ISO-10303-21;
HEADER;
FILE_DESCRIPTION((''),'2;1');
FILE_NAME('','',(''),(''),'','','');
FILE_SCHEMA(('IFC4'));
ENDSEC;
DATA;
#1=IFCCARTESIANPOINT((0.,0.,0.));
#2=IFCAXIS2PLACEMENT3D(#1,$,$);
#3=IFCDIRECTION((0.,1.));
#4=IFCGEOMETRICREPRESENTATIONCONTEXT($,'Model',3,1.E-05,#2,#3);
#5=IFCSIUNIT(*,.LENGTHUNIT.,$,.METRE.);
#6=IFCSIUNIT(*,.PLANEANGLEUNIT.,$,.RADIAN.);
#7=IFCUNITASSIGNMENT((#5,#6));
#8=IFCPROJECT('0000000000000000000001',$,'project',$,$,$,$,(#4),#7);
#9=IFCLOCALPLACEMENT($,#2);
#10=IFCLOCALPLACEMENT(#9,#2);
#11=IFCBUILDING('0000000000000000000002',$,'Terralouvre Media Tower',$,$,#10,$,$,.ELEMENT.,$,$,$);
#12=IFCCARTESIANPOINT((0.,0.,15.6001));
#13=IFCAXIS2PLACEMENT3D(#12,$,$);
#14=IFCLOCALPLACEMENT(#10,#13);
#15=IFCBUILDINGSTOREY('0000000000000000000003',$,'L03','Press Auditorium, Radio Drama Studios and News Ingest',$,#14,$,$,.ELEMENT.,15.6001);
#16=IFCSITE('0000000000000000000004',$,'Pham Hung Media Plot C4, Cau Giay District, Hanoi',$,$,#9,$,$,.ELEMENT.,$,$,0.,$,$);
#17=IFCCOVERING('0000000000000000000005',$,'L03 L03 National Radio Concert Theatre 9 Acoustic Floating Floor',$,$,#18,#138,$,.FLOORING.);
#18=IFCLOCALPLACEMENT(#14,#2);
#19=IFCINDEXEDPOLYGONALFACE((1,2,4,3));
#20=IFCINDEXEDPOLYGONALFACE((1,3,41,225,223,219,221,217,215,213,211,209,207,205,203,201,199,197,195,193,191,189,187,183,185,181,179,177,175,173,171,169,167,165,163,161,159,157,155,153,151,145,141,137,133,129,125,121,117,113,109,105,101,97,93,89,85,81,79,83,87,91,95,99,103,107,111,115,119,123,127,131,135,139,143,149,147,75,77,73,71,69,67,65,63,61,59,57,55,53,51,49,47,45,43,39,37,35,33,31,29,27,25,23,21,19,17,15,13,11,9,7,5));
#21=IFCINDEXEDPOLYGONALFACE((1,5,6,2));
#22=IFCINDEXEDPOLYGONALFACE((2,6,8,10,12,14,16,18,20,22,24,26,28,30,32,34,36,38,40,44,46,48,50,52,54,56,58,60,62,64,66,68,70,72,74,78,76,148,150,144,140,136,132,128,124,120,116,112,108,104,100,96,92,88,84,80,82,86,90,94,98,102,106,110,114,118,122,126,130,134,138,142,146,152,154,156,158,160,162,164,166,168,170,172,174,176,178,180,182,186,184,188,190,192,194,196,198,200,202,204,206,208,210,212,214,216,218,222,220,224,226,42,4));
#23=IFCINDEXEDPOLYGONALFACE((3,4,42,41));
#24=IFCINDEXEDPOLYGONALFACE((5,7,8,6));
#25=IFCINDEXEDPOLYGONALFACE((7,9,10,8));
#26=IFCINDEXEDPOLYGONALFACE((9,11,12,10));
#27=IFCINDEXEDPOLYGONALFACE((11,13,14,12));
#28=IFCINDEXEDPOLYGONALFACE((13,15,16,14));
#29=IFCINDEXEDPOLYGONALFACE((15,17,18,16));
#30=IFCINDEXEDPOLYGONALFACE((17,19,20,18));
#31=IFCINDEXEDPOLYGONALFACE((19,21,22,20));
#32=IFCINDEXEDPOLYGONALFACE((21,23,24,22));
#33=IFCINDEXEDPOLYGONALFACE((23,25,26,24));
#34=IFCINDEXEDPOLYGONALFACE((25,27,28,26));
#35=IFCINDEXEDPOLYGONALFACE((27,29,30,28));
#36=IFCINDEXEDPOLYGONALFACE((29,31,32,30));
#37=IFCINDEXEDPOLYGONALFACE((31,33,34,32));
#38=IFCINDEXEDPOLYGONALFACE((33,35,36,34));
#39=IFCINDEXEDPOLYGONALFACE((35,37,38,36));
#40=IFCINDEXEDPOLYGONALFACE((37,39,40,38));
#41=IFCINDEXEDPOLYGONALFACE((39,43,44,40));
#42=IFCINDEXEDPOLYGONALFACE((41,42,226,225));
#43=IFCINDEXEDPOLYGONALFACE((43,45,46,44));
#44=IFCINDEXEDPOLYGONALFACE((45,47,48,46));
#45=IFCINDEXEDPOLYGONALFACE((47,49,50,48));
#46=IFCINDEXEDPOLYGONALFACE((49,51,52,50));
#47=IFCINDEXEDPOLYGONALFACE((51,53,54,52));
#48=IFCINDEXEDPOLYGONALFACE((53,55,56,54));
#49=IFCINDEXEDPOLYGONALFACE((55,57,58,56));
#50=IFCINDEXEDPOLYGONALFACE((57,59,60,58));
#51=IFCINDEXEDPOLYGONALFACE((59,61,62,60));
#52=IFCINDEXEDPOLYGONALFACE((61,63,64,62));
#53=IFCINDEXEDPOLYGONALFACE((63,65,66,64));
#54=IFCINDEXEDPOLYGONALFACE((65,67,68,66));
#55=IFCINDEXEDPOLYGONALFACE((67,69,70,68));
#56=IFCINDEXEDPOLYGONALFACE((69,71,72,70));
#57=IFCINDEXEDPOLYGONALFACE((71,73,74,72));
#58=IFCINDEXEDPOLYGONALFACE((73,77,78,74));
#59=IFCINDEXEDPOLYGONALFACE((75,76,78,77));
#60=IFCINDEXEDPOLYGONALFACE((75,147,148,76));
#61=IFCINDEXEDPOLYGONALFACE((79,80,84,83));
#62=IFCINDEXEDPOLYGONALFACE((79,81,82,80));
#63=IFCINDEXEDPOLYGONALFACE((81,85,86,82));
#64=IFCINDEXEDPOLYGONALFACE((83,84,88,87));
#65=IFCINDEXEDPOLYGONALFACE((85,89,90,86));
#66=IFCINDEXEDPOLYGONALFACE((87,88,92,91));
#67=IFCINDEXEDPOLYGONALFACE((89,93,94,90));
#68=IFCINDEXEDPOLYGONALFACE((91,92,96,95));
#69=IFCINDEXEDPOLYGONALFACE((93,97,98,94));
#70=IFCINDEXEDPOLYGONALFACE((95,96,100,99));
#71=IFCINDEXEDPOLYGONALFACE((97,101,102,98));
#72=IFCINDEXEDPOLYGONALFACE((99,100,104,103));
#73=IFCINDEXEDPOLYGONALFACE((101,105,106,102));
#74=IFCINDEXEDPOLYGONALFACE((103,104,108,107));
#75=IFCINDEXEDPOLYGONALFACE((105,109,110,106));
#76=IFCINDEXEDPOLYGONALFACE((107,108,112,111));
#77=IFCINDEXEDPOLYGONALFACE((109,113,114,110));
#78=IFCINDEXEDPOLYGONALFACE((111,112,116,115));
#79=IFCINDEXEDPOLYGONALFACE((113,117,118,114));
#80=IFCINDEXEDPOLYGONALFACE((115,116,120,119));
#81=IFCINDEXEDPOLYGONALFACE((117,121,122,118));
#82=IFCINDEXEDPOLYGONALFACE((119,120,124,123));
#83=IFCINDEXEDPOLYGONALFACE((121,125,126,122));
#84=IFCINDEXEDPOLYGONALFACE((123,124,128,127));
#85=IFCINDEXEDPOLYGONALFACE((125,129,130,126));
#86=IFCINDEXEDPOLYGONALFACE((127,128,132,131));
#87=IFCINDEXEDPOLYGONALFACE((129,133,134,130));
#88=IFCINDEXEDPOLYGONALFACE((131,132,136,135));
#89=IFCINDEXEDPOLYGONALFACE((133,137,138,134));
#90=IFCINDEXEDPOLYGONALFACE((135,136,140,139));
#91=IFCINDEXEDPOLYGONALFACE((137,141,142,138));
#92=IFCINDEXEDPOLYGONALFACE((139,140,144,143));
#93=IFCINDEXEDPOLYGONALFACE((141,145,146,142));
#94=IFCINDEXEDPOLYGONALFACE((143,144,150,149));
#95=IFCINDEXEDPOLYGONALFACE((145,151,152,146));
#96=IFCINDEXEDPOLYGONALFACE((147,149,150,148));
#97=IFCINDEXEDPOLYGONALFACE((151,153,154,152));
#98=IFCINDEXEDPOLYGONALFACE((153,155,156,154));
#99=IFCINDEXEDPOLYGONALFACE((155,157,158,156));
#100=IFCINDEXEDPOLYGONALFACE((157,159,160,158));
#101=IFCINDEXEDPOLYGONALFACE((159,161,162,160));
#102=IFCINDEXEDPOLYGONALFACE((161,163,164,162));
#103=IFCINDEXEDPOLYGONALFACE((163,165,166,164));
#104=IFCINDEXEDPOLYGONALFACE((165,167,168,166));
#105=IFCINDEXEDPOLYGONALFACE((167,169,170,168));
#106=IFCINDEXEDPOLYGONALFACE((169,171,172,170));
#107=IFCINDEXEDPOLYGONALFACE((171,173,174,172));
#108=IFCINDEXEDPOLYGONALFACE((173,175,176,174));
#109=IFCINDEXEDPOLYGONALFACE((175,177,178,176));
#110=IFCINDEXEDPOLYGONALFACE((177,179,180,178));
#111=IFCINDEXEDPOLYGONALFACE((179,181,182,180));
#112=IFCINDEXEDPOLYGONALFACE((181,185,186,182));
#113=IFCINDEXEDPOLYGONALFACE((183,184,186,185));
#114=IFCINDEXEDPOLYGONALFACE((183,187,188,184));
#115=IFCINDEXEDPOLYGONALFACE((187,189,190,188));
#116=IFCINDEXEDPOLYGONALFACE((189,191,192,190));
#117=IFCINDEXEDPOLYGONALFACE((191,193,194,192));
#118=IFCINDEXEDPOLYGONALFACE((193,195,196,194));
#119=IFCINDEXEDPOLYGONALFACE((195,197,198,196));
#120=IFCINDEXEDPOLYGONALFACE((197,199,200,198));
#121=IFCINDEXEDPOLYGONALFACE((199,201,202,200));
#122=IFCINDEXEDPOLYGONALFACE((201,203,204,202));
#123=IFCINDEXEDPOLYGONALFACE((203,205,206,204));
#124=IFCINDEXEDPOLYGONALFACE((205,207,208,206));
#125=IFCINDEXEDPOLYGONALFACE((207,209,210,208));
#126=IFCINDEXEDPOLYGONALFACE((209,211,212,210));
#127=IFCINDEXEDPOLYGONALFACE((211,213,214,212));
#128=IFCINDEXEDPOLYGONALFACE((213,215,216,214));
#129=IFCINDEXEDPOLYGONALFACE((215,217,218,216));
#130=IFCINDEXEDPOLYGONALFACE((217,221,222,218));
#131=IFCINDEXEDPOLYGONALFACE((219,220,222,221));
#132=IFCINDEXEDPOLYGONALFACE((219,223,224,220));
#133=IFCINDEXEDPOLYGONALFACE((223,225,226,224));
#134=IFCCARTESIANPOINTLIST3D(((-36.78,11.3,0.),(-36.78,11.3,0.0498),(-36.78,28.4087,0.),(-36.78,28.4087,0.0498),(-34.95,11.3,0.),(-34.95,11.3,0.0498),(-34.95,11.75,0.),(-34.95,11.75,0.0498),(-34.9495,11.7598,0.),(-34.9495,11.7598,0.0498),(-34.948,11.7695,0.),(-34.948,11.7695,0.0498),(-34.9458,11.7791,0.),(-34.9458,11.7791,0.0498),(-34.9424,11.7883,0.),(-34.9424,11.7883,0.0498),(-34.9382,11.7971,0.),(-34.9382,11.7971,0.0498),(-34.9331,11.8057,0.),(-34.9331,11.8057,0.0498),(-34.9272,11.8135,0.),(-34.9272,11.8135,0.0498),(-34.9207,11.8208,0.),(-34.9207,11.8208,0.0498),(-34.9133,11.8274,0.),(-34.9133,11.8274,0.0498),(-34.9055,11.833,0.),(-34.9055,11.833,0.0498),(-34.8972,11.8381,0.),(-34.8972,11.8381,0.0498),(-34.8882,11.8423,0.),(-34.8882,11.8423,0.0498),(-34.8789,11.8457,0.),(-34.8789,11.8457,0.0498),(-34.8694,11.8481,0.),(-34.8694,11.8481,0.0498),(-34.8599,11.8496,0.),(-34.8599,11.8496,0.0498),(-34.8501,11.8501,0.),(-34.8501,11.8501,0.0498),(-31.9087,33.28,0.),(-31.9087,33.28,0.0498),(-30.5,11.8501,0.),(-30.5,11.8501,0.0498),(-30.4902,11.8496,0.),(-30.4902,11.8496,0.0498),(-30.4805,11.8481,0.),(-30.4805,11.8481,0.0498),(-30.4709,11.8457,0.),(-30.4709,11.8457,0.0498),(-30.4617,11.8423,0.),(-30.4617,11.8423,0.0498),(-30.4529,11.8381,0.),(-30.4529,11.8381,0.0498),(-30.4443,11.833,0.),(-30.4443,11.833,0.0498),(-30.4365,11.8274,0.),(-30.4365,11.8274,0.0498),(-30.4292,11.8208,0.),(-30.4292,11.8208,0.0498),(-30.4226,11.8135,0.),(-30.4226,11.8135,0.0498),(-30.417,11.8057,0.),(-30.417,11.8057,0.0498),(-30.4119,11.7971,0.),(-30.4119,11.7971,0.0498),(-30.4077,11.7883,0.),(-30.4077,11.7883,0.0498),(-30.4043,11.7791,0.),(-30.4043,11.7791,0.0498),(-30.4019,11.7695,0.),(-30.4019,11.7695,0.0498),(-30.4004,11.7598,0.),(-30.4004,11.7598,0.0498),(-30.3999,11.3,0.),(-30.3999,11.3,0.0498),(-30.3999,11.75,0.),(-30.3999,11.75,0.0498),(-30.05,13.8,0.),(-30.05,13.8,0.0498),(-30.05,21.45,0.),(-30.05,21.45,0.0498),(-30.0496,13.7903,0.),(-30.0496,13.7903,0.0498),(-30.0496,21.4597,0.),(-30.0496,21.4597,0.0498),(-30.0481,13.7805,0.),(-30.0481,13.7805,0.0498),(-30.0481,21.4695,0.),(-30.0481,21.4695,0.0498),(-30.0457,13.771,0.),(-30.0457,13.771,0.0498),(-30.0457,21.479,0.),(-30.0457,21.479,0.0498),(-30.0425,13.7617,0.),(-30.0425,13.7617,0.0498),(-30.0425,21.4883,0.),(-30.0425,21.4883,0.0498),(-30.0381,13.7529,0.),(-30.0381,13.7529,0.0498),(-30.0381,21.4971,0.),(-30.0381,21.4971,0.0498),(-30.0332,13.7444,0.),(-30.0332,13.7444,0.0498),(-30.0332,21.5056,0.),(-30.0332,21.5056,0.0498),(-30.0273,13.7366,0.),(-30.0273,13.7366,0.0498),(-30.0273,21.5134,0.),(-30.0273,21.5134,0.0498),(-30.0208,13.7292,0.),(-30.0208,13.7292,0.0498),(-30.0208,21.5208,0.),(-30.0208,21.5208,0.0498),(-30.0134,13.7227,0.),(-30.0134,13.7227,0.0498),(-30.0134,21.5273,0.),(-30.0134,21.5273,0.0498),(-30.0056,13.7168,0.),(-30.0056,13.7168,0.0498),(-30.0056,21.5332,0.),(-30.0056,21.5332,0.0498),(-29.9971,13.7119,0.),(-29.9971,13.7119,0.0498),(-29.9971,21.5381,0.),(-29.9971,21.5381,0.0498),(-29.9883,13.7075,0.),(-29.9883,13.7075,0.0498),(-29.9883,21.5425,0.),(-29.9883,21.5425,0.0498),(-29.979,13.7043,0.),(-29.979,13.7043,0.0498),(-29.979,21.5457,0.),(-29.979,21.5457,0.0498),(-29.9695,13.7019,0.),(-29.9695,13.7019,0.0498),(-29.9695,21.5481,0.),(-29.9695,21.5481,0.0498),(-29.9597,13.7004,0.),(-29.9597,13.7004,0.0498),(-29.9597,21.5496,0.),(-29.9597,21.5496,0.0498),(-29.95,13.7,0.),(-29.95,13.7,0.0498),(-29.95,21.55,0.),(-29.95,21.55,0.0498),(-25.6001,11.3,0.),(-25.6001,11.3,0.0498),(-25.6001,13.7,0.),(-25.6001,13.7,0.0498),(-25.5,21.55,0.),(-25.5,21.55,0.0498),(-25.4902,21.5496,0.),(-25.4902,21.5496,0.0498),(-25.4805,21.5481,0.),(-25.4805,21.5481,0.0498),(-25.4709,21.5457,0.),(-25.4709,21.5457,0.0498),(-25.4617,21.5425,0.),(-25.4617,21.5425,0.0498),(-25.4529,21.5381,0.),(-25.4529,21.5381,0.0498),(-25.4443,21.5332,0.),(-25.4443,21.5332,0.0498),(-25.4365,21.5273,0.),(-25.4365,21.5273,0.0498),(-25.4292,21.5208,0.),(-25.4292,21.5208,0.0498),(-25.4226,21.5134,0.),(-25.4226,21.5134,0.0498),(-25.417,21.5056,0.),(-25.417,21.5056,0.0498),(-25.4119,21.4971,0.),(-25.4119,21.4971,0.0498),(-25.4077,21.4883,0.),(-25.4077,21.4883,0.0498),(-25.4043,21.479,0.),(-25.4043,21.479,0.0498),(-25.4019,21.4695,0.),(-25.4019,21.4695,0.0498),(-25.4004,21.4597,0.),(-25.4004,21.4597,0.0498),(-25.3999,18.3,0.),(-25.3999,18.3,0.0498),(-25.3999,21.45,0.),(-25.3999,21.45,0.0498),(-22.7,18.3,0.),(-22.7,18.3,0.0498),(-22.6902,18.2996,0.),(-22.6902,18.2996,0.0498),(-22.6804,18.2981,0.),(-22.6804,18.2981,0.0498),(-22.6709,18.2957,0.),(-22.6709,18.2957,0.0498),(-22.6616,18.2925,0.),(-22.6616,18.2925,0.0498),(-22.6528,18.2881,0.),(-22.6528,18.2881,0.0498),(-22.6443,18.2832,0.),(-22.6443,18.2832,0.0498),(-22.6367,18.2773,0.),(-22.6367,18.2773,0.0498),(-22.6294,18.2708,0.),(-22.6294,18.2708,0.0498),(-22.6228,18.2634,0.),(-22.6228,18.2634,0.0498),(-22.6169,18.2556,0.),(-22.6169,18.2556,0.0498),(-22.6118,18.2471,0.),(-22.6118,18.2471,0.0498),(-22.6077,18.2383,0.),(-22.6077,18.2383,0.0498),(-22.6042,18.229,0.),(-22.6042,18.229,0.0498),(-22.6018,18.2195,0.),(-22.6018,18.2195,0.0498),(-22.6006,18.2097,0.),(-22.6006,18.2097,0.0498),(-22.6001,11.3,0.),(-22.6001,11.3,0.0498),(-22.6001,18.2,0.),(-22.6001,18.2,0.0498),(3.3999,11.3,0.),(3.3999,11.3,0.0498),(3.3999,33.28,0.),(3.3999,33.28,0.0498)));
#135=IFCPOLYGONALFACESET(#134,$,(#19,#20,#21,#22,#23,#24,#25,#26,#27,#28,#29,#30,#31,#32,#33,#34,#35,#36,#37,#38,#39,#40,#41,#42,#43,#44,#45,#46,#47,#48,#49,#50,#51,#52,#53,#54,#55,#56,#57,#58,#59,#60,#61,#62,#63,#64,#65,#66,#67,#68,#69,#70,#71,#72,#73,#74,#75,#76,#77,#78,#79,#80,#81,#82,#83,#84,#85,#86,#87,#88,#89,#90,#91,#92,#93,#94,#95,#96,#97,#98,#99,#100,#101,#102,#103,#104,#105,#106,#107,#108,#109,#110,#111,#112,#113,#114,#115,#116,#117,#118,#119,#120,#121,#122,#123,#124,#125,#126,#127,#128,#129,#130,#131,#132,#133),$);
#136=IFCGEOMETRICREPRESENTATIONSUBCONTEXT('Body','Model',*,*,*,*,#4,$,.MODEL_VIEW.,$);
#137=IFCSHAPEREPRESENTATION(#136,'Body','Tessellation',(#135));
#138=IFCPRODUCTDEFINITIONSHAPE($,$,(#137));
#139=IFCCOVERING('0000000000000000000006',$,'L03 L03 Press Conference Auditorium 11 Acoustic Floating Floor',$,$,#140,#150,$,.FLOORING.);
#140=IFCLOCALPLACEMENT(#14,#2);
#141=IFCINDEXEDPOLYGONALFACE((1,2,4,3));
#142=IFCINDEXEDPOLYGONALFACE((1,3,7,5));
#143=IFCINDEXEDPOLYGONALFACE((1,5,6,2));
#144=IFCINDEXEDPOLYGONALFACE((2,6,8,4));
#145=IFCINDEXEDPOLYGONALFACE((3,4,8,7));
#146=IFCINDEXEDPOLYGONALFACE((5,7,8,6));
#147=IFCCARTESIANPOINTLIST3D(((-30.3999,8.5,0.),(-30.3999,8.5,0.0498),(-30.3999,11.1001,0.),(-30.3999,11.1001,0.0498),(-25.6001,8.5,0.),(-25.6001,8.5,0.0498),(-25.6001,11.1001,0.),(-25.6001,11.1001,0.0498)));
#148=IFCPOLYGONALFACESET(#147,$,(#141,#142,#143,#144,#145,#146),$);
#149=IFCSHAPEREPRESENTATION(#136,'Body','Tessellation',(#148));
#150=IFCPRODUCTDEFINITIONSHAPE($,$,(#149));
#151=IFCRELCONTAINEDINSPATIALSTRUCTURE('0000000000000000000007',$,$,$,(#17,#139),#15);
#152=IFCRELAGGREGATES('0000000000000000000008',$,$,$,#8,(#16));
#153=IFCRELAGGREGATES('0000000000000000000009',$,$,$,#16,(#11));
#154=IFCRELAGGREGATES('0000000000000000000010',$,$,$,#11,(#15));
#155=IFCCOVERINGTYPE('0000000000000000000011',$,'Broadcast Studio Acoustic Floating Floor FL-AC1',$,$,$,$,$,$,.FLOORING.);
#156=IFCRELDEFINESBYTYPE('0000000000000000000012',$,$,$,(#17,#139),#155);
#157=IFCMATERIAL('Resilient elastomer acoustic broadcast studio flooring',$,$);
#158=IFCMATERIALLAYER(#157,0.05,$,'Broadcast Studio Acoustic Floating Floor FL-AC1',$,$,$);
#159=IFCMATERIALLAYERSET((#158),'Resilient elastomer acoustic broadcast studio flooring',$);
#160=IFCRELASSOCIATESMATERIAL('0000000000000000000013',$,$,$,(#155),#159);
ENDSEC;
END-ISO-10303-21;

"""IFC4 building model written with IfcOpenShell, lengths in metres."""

from ifc_helpers import new_model, si_unit, direction, frame, origin, place, context, subcontext, project, spatial, polyline, outline, extrude, material, layer, layer_set, type_object, element, save


model = new_model("IFC4")

# Units and contexts
model_context = context("Model", 3, precision=1e-05, world=origin(), true_north=direction((0.0, 1.0)))
body_context = subcontext(model_context, "Body", "Model", "MODEL_VIEW")
ifc_project = project(units=[si_unit("LENGTHUNIT", "METRE"), si_unit("PLANEANGLEUNIT", "RADIAN")], contexts=[model_context])

# Site, building, storey
site_placement = place(None, origin())
site = spatial("IfcSite", under=ifc_project, at=site_placement, Name="Pham Hung Media Plot C4, Cau Giay District, Hanoi", CompositionType="ELEMENT", RefElevation=0.0)
building_placement = place(site_placement, origin())
building = spatial("IfcBuilding", under=site, at=building_placement, Name="Terralouvre Media Tower", CompositionType="ELEMENT")
storey_placement = place(building_placement, frame((0.0, 0.0, 15.6001)))
storey = spatial("IfcBuildingStorey", under=building, at=storey_placement, Name="L03", Description="Press Auditorium, Radio Drama Studios and News Ingest", CompositionType="ELEMENT", Elevation=15.6001)

# Coverings
ifc_material_1 = material(Name="Resilient elastomer acoustic broadcast studio flooring")
ifc_layer_1 = layer(ifc_material_1, 0.05, Name="Broadcast Studio Acoustic Floating Floor FL-AC1")
ifc_layer_set_1 = layer_set([ifc_layer_1], Name="Resilient elastomer acoustic broadcast studio flooring")
covering_type_1 = type_object("IfcCoveringType", Name="Broadcast Studio Acoustic Floating Floor FL-AC1", PredefinedType="FLOORING", material=ifc_layer_set_1)
covering_1_placement = place(storey_placement, origin())
element("IfcCovering", 1, at=covering_1_placement, inside=storey, type_object=covering_type_1, Name="L03 L03 National Radio Concert Theatre 9 Acoustic Floating Floor", PredefinedType="FLOORING", context=body_context, shape_type="SweptSolid", body=[
    extrude(outline(polyline([(-34.95, 11.75), (-34.9495, 11.7598), (-34.948, 11.7695), (-34.9458, 11.7791), (-34.9424, 11.7883), (-34.9382, 11.7971), (-34.9331, 11.8057), (-34.9272, 11.8135), (-34.9207, 11.8208), (-34.9133, 11.8274), (-34.9055, 11.833), (-34.8972, 11.8381), (-34.8882, 11.8423), (-34.8789, 11.8457), (-34.8694, 11.8481), (-34.8599, 11.8496), (-34.8501, 11.8501), (-30.5, 11.8501), (-30.4902, 11.8496), (-30.4805, 11.8481), (-30.4709, 11.8457), (-30.4617, 11.8423), (-30.4529, 11.8381), (-30.4443, 11.833), (-30.4365, 11.8274), (-30.4292, 11.8208), (-30.4226, 11.8135), (-30.417, 11.8057), (-30.4119, 11.7971), (-30.4077, 11.7883), (-30.4043, 11.7791), (-30.4019, 11.7695), (-30.4004, 11.7598), (-30.3999, 11.75), (-30.3999, 11.3), (-25.6001, 11.3), (-25.6001, 13.7), (-29.95, 13.7), (-29.9597, 13.7004), (-29.9695, 13.7019), (-29.979, 13.7043), (-29.9883, 13.7075), (-29.9971, 13.7119), (-30.0056, 13.7168), (-30.0134, 13.7227), (-30.0208, 13.7292), (-30.0273, 13.7366), (-30.0332, 13.7444), (-30.0381, 13.7529), (-30.0425, 13.7617), (-30.0457, 13.771), (-30.0481, 13.7805), (-30.0496, 13.7903), (-30.05, 13.8), (-30.05, 21.45), (-30.0496, 21.4597), (-30.0481, 21.4695), (-30.0457, 21.479), (-30.0425, 21.4883), (-30.0381, 21.4971), (-30.0332, 21.5056), (-30.0273, 21.5134), (-30.0208, 21.5208), (-30.0134, 21.5273), (-30.0056, 21.5332), (-29.9971, 21.5381), (-29.9883, 21.5425), (-29.979, 21.5457), (-29.9695, 21.5481), (-29.9597, 21.5496), (-29.95, 21.55), (-25.5, 21.55), (-25.4902, 21.5496), (-25.4805, 21.5481), (-25.4709, 21.5457), (-25.4617, 21.5425), (-25.4529, 21.5381), (-25.4443, 21.5332), (-25.4365, 21.5273), (-25.4292, 21.5208), (-25.4226, 21.5134), (-25.417, 21.5056), (-25.4119, 21.4971), (-25.4077, 21.4883), (-25.4043, 21.479), (-25.4019, 21.4695), (-25.4004, 21.4597), (-25.3999, 21.45), (-25.3999, 18.3), (-22.7, 18.3), (-22.6902, 18.2996), (-22.6804, 18.2981), (-22.6709, 18.2957), (-22.6616, 18.2925), (-22.6528, 18.2881), (-22.6443, 18.2832), (-22.6367, 18.2773), (-22.6294, 18.2708), (-22.6228, 18.2634), (-22.6169, 18.2556), (-22.6118, 18.2471), (-22.6077, 18.2383), (-22.6042, 18.229), (-22.6018, 18.2195), (-22.6006, 18.2097), (-22.6001, 18.2), (-22.6001, 11.3), (3.3999, 11.3), (3.3999, 33.28), (-31.9087, 33.28), (-36.78, 28.4087), (-36.78, 11.3), (-34.95, 11.3), (-34.95, 11.75)])), origin(), (0.0, 0.0, 1.0), 0.0498),
])
covering_2_placement = place(storey_placement, origin())
element("IfcCovering", 2, at=covering_2_placement, inside=storey, type_object=covering_type_1, Name="L03 L03 Press Conference Auditorium 11 Acoustic Floating Floor", PredefinedType="FLOORING", context=body_context, shape_type="SweptSolid", body=[
    extrude(outline(polyline([(-25.6001, 11.1001), (-30.3999, 11.1001), (-30.3999, 8.5), (-25.6001, 8.5), (-25.6001, 11.1001)])), origin(), (0.0, 0.0, 1.0), 0.0498),
])

save(model, "model.ifc")
